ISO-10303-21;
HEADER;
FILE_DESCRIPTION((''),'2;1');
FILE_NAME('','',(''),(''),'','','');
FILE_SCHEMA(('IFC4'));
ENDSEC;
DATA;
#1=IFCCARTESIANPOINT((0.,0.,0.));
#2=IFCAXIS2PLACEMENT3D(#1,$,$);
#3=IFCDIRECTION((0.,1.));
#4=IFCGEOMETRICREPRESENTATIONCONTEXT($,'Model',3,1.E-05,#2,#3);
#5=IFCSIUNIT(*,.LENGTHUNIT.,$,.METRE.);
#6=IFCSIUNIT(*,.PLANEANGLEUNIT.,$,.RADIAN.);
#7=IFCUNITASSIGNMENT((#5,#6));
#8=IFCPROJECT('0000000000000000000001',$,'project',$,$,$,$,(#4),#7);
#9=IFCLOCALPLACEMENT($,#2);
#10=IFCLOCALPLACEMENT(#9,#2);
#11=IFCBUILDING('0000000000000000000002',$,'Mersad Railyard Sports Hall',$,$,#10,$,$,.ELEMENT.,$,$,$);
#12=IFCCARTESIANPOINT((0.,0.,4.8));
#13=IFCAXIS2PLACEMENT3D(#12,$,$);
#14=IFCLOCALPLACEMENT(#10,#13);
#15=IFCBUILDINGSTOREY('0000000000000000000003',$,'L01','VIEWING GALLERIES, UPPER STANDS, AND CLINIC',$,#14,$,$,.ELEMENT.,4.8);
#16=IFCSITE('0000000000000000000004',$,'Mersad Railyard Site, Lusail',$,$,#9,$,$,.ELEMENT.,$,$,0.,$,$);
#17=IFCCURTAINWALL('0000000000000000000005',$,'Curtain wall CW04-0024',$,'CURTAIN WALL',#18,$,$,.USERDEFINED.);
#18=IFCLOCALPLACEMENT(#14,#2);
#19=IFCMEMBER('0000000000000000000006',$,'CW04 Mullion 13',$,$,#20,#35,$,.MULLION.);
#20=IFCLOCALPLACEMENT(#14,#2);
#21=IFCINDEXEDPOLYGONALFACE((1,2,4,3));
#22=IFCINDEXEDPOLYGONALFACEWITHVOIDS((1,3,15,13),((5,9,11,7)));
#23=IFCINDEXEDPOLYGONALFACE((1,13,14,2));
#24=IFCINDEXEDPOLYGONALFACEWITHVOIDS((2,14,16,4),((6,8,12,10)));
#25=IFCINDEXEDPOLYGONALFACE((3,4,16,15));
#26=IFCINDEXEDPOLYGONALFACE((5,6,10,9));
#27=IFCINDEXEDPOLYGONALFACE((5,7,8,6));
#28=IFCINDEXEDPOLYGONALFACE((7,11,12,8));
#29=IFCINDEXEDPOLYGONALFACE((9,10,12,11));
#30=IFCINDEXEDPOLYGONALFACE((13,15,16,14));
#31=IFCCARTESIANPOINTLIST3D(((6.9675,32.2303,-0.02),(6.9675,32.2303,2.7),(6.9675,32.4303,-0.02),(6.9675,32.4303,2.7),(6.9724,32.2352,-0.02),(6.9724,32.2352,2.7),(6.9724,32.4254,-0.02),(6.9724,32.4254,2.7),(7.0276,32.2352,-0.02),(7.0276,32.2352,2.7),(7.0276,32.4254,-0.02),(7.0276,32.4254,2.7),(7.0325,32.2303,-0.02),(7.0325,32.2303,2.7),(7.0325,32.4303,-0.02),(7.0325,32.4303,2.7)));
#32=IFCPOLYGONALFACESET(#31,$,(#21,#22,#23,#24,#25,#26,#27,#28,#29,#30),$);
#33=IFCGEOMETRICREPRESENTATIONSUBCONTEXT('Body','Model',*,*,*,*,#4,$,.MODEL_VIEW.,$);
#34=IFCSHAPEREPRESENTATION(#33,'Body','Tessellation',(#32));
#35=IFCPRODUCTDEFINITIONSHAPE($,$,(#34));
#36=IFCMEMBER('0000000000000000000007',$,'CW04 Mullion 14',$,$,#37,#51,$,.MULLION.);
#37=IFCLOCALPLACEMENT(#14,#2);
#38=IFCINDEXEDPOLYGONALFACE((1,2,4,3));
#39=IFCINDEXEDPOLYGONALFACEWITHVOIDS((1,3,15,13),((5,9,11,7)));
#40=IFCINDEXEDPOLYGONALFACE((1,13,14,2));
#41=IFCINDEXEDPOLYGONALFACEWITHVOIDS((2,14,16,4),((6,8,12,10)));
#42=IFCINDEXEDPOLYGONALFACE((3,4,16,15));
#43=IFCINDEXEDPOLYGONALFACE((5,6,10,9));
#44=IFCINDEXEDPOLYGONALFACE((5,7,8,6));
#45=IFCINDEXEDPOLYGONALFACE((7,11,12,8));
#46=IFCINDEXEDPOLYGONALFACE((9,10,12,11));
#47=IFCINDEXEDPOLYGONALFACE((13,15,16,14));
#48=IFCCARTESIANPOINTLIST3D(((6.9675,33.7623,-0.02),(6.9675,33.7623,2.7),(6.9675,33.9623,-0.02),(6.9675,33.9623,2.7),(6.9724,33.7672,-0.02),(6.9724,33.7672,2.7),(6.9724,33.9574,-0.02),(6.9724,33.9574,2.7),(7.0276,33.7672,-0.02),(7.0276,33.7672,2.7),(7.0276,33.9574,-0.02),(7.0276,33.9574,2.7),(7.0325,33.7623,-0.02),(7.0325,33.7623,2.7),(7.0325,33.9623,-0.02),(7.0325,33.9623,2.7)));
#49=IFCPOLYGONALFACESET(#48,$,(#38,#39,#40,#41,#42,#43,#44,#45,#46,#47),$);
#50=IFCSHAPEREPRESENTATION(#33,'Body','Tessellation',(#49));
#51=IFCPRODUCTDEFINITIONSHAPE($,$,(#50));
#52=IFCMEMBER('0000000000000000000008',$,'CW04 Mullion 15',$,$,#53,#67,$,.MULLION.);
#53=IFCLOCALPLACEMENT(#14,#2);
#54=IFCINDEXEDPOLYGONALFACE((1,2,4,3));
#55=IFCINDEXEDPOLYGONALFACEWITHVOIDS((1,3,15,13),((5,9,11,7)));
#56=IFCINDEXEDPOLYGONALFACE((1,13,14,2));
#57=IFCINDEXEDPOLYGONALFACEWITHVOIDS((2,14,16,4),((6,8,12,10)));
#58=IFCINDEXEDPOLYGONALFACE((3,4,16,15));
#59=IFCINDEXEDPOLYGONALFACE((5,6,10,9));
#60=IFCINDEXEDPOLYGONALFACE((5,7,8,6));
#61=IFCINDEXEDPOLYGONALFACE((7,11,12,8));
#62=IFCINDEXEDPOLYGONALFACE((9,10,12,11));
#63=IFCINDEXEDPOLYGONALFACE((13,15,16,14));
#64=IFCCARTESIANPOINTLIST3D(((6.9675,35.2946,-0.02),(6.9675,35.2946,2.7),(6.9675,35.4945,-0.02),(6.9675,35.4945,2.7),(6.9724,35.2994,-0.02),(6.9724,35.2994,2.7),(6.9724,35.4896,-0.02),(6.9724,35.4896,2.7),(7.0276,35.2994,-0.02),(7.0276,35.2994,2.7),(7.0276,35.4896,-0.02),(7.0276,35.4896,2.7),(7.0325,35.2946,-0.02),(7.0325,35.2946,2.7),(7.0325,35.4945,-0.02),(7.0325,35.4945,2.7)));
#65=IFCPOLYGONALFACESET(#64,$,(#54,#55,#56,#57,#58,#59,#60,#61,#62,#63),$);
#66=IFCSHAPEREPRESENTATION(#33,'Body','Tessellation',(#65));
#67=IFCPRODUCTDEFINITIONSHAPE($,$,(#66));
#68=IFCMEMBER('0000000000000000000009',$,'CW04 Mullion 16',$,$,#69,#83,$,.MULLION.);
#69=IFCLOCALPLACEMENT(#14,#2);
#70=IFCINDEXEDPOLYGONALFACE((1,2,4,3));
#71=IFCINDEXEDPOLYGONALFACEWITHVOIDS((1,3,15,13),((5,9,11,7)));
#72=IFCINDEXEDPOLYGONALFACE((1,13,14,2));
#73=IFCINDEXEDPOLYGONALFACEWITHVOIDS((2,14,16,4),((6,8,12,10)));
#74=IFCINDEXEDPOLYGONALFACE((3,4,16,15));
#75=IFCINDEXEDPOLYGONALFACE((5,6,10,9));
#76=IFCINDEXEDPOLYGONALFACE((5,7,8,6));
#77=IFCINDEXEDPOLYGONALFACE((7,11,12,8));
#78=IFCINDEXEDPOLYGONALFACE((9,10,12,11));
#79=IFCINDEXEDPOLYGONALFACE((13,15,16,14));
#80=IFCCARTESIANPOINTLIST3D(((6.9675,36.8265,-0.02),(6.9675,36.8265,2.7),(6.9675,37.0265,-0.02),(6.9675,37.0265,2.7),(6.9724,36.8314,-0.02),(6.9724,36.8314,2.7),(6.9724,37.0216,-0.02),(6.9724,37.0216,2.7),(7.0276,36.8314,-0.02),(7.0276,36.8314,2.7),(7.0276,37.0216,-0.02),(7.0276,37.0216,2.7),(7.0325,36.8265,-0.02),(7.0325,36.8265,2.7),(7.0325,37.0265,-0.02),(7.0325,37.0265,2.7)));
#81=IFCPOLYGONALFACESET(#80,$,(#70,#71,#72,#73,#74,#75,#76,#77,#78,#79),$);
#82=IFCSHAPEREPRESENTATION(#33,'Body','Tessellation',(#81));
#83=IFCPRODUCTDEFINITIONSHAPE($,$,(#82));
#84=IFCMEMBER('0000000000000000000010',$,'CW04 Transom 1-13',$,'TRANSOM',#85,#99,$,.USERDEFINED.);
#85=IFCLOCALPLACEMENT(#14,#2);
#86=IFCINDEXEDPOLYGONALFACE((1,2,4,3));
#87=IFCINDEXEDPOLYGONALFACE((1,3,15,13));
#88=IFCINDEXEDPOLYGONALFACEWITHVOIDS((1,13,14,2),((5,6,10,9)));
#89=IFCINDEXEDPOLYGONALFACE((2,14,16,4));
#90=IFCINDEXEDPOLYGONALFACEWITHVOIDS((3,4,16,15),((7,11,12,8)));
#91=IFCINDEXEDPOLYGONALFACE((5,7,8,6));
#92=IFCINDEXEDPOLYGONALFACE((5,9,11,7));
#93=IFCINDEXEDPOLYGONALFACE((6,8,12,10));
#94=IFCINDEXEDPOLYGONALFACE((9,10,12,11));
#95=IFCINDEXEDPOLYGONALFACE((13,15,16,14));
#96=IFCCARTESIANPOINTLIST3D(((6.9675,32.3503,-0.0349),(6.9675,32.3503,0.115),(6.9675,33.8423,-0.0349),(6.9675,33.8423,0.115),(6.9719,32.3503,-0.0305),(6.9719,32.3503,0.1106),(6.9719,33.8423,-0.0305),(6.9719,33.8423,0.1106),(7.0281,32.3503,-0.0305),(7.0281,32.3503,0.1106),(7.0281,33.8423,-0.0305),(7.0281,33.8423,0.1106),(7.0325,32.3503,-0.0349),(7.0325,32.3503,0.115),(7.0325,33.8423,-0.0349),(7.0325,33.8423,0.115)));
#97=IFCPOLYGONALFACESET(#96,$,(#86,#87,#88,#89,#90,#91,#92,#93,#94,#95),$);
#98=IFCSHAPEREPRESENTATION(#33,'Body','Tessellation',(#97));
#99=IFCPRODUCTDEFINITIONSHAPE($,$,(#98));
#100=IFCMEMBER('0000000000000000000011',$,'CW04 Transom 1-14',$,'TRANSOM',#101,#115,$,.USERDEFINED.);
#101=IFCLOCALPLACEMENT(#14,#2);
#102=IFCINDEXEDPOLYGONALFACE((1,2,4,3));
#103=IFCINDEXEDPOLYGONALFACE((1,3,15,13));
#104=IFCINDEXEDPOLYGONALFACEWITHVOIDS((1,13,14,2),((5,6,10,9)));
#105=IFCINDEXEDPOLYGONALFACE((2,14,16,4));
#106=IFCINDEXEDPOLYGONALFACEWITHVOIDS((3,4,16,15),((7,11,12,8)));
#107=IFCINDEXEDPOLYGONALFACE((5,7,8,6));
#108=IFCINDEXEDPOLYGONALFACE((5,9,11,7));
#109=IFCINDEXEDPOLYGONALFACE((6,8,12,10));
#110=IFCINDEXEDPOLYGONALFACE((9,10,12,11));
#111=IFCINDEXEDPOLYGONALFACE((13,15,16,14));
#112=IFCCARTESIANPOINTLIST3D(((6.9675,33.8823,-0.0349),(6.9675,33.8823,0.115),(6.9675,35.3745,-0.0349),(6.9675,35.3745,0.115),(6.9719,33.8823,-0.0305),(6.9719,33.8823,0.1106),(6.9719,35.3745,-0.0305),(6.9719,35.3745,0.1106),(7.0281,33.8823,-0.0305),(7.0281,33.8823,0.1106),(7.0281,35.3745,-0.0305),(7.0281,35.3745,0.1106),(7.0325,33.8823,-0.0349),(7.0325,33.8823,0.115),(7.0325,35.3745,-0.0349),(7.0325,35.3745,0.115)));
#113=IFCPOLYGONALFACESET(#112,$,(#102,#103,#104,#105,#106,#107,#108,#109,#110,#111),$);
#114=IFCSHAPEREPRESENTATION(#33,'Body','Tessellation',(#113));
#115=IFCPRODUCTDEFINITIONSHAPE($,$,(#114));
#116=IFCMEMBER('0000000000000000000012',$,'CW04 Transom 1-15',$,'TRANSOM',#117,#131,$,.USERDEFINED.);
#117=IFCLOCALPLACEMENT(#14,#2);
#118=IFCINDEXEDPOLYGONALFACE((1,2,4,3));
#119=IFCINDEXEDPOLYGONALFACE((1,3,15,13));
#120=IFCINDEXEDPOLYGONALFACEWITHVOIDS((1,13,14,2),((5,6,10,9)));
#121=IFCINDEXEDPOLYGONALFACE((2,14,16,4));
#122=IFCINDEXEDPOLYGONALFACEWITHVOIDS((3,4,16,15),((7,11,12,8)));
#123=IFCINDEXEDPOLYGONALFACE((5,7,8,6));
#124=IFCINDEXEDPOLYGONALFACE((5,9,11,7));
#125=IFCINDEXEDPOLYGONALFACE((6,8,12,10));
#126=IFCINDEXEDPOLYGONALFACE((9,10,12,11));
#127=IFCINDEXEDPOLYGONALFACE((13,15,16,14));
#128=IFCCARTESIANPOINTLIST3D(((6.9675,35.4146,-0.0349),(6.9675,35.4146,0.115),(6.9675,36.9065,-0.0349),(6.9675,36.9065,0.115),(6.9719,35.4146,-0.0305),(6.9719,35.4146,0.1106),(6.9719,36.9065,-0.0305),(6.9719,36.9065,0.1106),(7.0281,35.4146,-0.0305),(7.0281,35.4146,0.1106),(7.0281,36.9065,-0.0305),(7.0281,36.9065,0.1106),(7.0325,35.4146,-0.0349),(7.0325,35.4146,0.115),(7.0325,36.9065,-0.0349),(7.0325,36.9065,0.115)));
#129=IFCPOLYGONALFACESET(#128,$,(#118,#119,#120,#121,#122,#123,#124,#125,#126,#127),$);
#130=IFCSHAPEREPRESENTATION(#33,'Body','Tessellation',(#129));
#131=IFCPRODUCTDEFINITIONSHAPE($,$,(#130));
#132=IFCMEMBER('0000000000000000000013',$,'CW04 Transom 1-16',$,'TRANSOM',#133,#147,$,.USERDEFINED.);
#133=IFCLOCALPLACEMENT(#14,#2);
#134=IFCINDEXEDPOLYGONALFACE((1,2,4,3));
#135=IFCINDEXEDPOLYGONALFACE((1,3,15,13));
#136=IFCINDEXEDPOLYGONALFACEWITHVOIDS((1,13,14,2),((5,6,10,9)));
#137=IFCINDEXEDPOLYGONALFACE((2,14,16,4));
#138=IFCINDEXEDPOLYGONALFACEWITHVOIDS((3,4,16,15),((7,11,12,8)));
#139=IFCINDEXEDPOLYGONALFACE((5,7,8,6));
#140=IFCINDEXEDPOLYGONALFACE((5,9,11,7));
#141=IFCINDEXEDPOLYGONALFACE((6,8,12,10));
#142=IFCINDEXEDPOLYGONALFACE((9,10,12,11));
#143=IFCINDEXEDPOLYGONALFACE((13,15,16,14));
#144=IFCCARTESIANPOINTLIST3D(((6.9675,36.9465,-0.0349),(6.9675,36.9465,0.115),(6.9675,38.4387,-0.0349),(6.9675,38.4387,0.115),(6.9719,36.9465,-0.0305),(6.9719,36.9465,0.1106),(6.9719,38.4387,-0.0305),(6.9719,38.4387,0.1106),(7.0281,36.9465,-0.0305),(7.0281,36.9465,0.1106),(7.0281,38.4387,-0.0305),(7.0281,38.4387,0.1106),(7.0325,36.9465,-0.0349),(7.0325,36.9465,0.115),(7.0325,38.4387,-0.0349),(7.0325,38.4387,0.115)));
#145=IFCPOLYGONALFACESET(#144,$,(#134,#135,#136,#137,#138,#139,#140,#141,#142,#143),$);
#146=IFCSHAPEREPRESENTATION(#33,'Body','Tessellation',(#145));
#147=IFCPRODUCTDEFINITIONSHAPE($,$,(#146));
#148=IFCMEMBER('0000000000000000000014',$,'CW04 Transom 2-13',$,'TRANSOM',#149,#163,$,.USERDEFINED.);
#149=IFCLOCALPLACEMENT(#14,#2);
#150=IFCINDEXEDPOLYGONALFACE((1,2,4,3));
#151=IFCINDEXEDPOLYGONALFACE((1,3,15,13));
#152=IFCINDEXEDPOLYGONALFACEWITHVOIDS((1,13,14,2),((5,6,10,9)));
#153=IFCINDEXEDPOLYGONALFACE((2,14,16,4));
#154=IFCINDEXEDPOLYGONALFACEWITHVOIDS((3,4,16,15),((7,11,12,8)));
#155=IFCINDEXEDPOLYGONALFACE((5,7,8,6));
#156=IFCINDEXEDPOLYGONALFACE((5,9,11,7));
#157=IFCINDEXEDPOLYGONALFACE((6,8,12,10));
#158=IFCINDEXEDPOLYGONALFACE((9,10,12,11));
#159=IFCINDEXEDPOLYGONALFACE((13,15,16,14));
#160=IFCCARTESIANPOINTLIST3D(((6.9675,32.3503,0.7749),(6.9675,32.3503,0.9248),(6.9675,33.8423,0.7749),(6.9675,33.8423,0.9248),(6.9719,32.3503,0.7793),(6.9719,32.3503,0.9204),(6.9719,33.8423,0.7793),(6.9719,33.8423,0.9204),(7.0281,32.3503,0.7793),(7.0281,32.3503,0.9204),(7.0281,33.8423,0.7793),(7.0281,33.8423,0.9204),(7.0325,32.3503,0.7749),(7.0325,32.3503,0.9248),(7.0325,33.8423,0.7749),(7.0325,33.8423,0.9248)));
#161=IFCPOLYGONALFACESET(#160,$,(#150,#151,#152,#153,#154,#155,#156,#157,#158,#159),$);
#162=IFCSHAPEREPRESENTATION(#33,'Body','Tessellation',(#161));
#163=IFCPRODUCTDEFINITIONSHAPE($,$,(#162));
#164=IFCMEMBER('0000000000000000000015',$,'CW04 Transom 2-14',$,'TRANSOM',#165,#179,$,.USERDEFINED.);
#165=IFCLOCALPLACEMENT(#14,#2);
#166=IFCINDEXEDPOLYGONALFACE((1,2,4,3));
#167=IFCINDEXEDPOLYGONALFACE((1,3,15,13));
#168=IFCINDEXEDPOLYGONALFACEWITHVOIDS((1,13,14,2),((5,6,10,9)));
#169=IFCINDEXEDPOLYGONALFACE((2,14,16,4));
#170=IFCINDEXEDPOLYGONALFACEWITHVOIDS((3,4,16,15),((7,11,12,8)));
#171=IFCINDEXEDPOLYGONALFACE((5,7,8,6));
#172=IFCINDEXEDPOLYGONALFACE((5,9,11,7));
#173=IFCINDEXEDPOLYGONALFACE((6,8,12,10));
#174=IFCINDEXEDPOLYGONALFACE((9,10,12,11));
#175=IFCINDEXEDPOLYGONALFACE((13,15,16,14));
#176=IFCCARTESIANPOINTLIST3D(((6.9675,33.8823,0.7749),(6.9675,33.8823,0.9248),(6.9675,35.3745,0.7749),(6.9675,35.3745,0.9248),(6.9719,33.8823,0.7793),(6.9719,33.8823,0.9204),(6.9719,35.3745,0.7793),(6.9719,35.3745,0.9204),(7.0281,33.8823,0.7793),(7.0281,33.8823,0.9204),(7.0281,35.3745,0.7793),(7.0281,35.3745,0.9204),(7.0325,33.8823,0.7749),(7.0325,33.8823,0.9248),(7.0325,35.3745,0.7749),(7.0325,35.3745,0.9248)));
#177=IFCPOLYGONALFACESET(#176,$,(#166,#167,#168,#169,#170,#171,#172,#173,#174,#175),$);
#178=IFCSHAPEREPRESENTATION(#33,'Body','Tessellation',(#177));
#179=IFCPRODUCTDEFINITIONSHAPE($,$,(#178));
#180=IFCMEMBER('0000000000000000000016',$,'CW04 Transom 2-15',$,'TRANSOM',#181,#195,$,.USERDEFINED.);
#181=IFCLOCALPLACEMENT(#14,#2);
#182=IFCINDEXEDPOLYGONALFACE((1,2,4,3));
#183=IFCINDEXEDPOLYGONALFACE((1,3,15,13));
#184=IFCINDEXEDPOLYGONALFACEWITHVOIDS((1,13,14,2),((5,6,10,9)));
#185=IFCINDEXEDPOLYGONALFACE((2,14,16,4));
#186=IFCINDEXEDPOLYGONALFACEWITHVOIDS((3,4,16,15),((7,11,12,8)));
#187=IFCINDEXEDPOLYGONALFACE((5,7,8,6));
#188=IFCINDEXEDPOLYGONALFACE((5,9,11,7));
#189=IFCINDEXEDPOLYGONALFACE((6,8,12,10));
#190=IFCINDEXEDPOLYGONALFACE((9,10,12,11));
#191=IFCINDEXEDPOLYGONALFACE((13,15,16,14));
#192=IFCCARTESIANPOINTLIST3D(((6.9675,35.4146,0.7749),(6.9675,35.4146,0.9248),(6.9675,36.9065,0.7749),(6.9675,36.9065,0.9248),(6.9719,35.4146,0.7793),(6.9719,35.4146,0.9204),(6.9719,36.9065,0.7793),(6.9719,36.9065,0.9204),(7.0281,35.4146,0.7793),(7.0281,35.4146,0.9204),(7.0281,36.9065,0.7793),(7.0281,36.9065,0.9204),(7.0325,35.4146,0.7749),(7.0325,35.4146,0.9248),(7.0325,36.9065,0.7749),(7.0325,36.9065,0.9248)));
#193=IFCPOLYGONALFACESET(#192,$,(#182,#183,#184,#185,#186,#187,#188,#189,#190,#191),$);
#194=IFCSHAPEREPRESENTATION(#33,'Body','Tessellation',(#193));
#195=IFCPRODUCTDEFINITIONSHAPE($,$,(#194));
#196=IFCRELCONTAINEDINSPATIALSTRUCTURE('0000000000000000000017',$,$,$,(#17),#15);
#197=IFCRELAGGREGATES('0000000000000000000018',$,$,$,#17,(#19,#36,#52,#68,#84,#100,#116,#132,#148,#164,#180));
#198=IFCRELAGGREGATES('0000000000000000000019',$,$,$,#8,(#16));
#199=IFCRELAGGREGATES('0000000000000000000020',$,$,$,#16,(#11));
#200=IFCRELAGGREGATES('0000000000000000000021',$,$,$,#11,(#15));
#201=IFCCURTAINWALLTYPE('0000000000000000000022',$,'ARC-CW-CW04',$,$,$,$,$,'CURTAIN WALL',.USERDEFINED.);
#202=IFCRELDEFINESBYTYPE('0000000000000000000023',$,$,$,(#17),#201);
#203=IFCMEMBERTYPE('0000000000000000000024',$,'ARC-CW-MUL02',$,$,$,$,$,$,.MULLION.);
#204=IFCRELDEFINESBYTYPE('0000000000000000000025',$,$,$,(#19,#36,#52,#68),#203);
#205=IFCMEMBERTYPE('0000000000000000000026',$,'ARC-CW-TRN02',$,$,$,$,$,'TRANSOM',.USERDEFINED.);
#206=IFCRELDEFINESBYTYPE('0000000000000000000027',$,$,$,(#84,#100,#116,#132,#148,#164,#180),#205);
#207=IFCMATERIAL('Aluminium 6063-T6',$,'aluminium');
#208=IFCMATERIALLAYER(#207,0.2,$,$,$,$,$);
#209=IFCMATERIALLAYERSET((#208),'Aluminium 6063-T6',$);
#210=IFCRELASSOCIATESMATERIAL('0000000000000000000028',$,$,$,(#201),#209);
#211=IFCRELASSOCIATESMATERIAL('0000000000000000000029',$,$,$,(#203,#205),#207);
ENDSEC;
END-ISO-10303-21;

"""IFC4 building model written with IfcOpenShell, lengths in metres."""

from ifc_helpers import new_model, si_unit, direction, frame, origin, origin_2d, place, context, subcontext, project, spatial, hollow_rectangle, extrude, material, layer, layer_set, material_profile, profile_set, type_object, element, aggregate, save


model = new_model("IFC4")

# Units and contexts
model_context = context("Model", 3, precision=1e-05, world=origin(), true_north=direction((0.0, 1.0)))
body_context = subcontext(model_context, "Body", "Model", "MODEL_VIEW")
ifc_project = project(units=[si_unit("LENGTHUNIT", "METRE"), si_unit("PLANEANGLEUNIT", "RADIAN")], contexts=[model_context])

# Site, building, storey
site_placement = place(None, origin())
site = spatial("IfcSite", under=ifc_project, at=site_placement, Name="Mersad Railyard Site, Lusail", CompositionType="ELEMENT", RefElevation=0.0)
building_placement = place(site_placement, origin())
building = spatial("IfcBuilding", under=site, at=building_placement, Name="Mersad Railyard Sports Hall", CompositionType="ELEMENT")
storey_placement = place(building_placement, frame((0.0, 0.0, 4.8)))
storey = spatial("IfcBuildingStorey", under=building, at=storey_placement, Name="L01", Description="VIEWING GALLERIES, UPPER STANDS, AND CLINIC", CompositionType="ELEMENT", Elevation=4.8)

# Curtain wall, members
ifc_material_1 = material(Name="Aluminium 6063-T6", Category="aluminium")
ifc_layer_1 = layer(ifc_material_1, 0.2)
ifc_layer_set_1 = layer_set([ifc_layer_1], Name="Aluminium 6063-T6")
curtain_wall_type = type_object("IfcCurtainWallType", Name="ARC-CW-CW04", ElementType="CURTAIN WALL", PredefinedType="USERDEFINED", material=ifc_layer_set_1)
curtain_wall_placement = place(storey_placement, origin())
curtain_wall = element("IfcCurtainWall", 1, at=curtain_wall_placement, inside=storey, type_object=curtain_wall_type, Name="Curtain wall CW04-0024", ObjectType="CURTAIN WALL", PredefinedType="USERDEFINED")
ifc_material_profile_1 = material_profile(ifc_material_1, hollow_rectangle(XDim=0.0649, YDim=0.2, WallThickness=0.0049, at=origin_2d()), Name="AL MULLION 65x200x5")
ifc_profile_set_1 = profile_set([ifc_material_profile_1], Name="Aluminium 6063-T6")
member_type_1 = type_object("IfcMemberType", Name="ARC-CW-MUL02", PredefinedType="MULLION", material=ifc_profile_set_1)
member_1_placement = place(storey_placement, frame((7.0, 32.3303, -0.02), z_axis=(0.0, 0.0, 1.0), x_axis=(1.0, 0.0, 0.0)))
member_1 = element("IfcMember", 2, at=member_1_placement, type_object=member_type_1, Name="CW04 Mullion 13", PredefinedType="MULLION", context=body_context, shape_type="SweptSolid", body=[
    extrude(hollow_rectangle(XDim=0.0649, YDim=0.2, WallThickness=0.0049, at=origin_2d()), origin(), (0.0, 0.0, 1.0), 2.72),
])
member_2_placement = place(storey_placement, frame((7.0, 33.8623, -0.02), z_axis=(0.0, 0.0, 1.0), x_axis=(1.0, 0.0, 0.0)))
member_2 = element("IfcMember", 3, at=member_2_placement, type_object=member_type_1, Name="CW04 Mullion 14", PredefinedType="MULLION", context=body_context, shape_type="SweptSolid", body=[
    extrude(hollow_rectangle(XDim=0.0649, YDim=0.2, WallThickness=0.0049, at=origin_2d()), origin(), (0.0, 0.0, 1.0), 2.72),
])
member_3_placement = place(storey_placement, frame((7.0, 35.3945, -0.02), z_axis=(0.0, 0.0, 1.0), x_axis=(1.0, 0.0, 0.0)))
member_3 = element("IfcMember", 4, at=member_3_placement, type_object=member_type_1, Name="CW04 Mullion 15", PredefinedType="MULLION", context=body_context, shape_type="SweptSolid", body=[
    extrude(hollow_rectangle(XDim=0.0649, YDim=0.2, WallThickness=0.0049, at=origin_2d()), origin(), (0.0, 0.0, 1.0), 2.72),
])
member_4_placement = place(storey_placement, frame((7.0, 36.9265, -0.02), z_axis=(0.0, 0.0, 1.0), x_axis=(1.0, 0.0, 0.0)))
member_4 = element("IfcMember", 5, at=member_4_placement, type_object=member_type_1, Name="CW04 Mullion 16", PredefinedType="MULLION", context=body_context, shape_type="SweptSolid", body=[
    extrude(hollow_rectangle(XDim=0.0649, YDim=0.2, WallThickness=0.0049, at=origin_2d()), origin(), (0.0, 0.0, 1.0), 2.72),
])
ifc_material_profile_2 = material_profile(ifc_material_1, hollow_rectangle(XDim=0.0649, YDim=0.1499, WallThickness=0.0044, at=origin_2d()), Name="AL TRANSOM 65x150x4.5")
ifc_profile_set_2 = profile_set([ifc_material_profile_2], Name="Aluminium 6063-T6")
member_type_2 = type_object("IfcMemberType", Name="ARC-CW-TRN02", ElementType="TRANSOM", PredefinedType="USERDEFINED", material=ifc_profile_set_2)
member_5_placement = place(storey_placement, frame((7.0, 32.3503, 0.04), z_axis=(0.0, 1.0, 0.0), x_axis=(-1.0, 0.0, 0.0)))
member_5 = element("IfcMember", 6, at=member_5_placement, type_object=member_type_2, Name="CW04 Transom 1-13", ObjectType="TRANSOM", PredefinedType="USERDEFINED", context=body_context, shape_type="SweptSolid", body=[
    extrude(hollow_rectangle(XDim=0.0649, YDim=0.1499, WallThickness=0.0044, at=origin_2d()), origin(), (0.0, 0.0, 1.0), 1.4919),
])
member_6_placement = place(storey_placement, frame((7.0, 33.8823, 0.04), z_axis=(0.0, 1.0, 0.0), x_axis=(-1.0, 0.0, 0.0)))
member_6 = element("IfcMember", 7, at=member_6_placement, type_object=member_type_2, Name="CW04 Transom 1-14", ObjectType="TRANSOM", PredefinedType="USERDEFINED", context=body_context, shape_type="SweptSolid", body=[
    extrude(hollow_rectangle(XDim=0.0649, YDim=0.1499, WallThickness=0.0044, at=origin_2d()), origin(), (0.0, 0.0, 1.0), 1.4922),
])
member_7_placement = place(storey_placement, frame((7.0, 35.4146, 0.04), z_axis=(0.0, 1.0, 0.0), x_axis=(-1.0, 0.0, 0.0)))
member_7 = element("IfcMember", 8, at=member_7_placement, type_object=member_type_2, Name="CW04 Transom 1-15", ObjectType="TRANSOM", PredefinedType="USERDEFINED", context=body_context, shape_type="SweptSolid", body=[
    extrude(hollow_rectangle(XDim=0.0649, YDim=0.1499, WallThickness=0.0044, at=origin_2d()), origin(), (0.0, 0.0, 1.0), 1.4919),
])
member_8_placement = place(storey_placement, frame((7.0, 36.9465, 0.04), z_axis=(0.0, 1.0, 0.0), x_axis=(-1.0, 0.0, 0.0)))
member_8 = element("IfcMember", 9, at=member_8_placement, type_object=member_type_2, Name="CW04 Transom 1-16", ObjectType="TRANSOM", PredefinedType="USERDEFINED", context=body_context, shape_type="SweptSolid", body=[
    extrude(hollow_rectangle(XDim=0.0649, YDim=0.1499, WallThickness=0.0044, at=origin_2d()), origin(), (0.0, 0.0, 1.0), 1.4922),
])
member_9_placement = place(storey_placement, frame((7.0, 32.3503, 0.8499), z_axis=(0.0, 1.0, 0.0), x_axis=(-1.0, 0.0, 0.0)))
member_9 = element("IfcMember", 10, at=member_9_placement, type_object=member_type_2, Name="CW04 Transom 2-13", ObjectType="TRANSOM", PredefinedType="USERDEFINED", context=body_context, shape_type="SweptSolid", body=[
    extrude(hollow_rectangle(XDim=0.0649, YDim=0.1499, WallThickness=0.0044, at=origin_2d()), origin(), (0.0, 0.0, 1.0), 1.4919),
])
member_10_placement = place(storey_placement, frame((7.0, 33.8823, 0.8499), z_axis=(0.0, 1.0, 0.0), x_axis=(-1.0, 0.0, 0.0)))
member_10 = element("IfcMember", 11, at=member_10_placement, type_object=member_type_2, Name="CW04 Transom 2-14", ObjectType="TRANSOM", PredefinedType="USERDEFINED", context=body_context, shape_type="SweptSolid", body=[
    extrude(hollow_rectangle(XDim=0.0649, YDim=0.1499, WallThickness=0.0044, at=origin_2d()), origin(), (0.0, 0.0, 1.0), 1.4922),
])
member_11_placement = place(storey_placement, frame((7.0, 35.4146, 0.8499), z_axis=(0.0, 1.0, 0.0), x_axis=(-1.0, 0.0, 0.0)))
member_11 = element("IfcMember", 12, at=member_11_placement, type_object=member_type_2, Name="CW04 Transom 2-15", ObjectType="TRANSOM", PredefinedType="USERDEFINED", context=body_context, shape_type="SweptSolid", body=[
    extrude(hollow_rectangle(XDim=0.0649, YDim=0.1499, WallThickness=0.0044, at=origin_2d()), origin(), (0.0, 0.0, 1.0), 1.4919),
])
aggregate(curtain_wall, [member_1, member_2, member_3, member_4, member_5, member_6, member_7, member_8, member_9, member_10, member_11])

save(model, "model.ifc")
